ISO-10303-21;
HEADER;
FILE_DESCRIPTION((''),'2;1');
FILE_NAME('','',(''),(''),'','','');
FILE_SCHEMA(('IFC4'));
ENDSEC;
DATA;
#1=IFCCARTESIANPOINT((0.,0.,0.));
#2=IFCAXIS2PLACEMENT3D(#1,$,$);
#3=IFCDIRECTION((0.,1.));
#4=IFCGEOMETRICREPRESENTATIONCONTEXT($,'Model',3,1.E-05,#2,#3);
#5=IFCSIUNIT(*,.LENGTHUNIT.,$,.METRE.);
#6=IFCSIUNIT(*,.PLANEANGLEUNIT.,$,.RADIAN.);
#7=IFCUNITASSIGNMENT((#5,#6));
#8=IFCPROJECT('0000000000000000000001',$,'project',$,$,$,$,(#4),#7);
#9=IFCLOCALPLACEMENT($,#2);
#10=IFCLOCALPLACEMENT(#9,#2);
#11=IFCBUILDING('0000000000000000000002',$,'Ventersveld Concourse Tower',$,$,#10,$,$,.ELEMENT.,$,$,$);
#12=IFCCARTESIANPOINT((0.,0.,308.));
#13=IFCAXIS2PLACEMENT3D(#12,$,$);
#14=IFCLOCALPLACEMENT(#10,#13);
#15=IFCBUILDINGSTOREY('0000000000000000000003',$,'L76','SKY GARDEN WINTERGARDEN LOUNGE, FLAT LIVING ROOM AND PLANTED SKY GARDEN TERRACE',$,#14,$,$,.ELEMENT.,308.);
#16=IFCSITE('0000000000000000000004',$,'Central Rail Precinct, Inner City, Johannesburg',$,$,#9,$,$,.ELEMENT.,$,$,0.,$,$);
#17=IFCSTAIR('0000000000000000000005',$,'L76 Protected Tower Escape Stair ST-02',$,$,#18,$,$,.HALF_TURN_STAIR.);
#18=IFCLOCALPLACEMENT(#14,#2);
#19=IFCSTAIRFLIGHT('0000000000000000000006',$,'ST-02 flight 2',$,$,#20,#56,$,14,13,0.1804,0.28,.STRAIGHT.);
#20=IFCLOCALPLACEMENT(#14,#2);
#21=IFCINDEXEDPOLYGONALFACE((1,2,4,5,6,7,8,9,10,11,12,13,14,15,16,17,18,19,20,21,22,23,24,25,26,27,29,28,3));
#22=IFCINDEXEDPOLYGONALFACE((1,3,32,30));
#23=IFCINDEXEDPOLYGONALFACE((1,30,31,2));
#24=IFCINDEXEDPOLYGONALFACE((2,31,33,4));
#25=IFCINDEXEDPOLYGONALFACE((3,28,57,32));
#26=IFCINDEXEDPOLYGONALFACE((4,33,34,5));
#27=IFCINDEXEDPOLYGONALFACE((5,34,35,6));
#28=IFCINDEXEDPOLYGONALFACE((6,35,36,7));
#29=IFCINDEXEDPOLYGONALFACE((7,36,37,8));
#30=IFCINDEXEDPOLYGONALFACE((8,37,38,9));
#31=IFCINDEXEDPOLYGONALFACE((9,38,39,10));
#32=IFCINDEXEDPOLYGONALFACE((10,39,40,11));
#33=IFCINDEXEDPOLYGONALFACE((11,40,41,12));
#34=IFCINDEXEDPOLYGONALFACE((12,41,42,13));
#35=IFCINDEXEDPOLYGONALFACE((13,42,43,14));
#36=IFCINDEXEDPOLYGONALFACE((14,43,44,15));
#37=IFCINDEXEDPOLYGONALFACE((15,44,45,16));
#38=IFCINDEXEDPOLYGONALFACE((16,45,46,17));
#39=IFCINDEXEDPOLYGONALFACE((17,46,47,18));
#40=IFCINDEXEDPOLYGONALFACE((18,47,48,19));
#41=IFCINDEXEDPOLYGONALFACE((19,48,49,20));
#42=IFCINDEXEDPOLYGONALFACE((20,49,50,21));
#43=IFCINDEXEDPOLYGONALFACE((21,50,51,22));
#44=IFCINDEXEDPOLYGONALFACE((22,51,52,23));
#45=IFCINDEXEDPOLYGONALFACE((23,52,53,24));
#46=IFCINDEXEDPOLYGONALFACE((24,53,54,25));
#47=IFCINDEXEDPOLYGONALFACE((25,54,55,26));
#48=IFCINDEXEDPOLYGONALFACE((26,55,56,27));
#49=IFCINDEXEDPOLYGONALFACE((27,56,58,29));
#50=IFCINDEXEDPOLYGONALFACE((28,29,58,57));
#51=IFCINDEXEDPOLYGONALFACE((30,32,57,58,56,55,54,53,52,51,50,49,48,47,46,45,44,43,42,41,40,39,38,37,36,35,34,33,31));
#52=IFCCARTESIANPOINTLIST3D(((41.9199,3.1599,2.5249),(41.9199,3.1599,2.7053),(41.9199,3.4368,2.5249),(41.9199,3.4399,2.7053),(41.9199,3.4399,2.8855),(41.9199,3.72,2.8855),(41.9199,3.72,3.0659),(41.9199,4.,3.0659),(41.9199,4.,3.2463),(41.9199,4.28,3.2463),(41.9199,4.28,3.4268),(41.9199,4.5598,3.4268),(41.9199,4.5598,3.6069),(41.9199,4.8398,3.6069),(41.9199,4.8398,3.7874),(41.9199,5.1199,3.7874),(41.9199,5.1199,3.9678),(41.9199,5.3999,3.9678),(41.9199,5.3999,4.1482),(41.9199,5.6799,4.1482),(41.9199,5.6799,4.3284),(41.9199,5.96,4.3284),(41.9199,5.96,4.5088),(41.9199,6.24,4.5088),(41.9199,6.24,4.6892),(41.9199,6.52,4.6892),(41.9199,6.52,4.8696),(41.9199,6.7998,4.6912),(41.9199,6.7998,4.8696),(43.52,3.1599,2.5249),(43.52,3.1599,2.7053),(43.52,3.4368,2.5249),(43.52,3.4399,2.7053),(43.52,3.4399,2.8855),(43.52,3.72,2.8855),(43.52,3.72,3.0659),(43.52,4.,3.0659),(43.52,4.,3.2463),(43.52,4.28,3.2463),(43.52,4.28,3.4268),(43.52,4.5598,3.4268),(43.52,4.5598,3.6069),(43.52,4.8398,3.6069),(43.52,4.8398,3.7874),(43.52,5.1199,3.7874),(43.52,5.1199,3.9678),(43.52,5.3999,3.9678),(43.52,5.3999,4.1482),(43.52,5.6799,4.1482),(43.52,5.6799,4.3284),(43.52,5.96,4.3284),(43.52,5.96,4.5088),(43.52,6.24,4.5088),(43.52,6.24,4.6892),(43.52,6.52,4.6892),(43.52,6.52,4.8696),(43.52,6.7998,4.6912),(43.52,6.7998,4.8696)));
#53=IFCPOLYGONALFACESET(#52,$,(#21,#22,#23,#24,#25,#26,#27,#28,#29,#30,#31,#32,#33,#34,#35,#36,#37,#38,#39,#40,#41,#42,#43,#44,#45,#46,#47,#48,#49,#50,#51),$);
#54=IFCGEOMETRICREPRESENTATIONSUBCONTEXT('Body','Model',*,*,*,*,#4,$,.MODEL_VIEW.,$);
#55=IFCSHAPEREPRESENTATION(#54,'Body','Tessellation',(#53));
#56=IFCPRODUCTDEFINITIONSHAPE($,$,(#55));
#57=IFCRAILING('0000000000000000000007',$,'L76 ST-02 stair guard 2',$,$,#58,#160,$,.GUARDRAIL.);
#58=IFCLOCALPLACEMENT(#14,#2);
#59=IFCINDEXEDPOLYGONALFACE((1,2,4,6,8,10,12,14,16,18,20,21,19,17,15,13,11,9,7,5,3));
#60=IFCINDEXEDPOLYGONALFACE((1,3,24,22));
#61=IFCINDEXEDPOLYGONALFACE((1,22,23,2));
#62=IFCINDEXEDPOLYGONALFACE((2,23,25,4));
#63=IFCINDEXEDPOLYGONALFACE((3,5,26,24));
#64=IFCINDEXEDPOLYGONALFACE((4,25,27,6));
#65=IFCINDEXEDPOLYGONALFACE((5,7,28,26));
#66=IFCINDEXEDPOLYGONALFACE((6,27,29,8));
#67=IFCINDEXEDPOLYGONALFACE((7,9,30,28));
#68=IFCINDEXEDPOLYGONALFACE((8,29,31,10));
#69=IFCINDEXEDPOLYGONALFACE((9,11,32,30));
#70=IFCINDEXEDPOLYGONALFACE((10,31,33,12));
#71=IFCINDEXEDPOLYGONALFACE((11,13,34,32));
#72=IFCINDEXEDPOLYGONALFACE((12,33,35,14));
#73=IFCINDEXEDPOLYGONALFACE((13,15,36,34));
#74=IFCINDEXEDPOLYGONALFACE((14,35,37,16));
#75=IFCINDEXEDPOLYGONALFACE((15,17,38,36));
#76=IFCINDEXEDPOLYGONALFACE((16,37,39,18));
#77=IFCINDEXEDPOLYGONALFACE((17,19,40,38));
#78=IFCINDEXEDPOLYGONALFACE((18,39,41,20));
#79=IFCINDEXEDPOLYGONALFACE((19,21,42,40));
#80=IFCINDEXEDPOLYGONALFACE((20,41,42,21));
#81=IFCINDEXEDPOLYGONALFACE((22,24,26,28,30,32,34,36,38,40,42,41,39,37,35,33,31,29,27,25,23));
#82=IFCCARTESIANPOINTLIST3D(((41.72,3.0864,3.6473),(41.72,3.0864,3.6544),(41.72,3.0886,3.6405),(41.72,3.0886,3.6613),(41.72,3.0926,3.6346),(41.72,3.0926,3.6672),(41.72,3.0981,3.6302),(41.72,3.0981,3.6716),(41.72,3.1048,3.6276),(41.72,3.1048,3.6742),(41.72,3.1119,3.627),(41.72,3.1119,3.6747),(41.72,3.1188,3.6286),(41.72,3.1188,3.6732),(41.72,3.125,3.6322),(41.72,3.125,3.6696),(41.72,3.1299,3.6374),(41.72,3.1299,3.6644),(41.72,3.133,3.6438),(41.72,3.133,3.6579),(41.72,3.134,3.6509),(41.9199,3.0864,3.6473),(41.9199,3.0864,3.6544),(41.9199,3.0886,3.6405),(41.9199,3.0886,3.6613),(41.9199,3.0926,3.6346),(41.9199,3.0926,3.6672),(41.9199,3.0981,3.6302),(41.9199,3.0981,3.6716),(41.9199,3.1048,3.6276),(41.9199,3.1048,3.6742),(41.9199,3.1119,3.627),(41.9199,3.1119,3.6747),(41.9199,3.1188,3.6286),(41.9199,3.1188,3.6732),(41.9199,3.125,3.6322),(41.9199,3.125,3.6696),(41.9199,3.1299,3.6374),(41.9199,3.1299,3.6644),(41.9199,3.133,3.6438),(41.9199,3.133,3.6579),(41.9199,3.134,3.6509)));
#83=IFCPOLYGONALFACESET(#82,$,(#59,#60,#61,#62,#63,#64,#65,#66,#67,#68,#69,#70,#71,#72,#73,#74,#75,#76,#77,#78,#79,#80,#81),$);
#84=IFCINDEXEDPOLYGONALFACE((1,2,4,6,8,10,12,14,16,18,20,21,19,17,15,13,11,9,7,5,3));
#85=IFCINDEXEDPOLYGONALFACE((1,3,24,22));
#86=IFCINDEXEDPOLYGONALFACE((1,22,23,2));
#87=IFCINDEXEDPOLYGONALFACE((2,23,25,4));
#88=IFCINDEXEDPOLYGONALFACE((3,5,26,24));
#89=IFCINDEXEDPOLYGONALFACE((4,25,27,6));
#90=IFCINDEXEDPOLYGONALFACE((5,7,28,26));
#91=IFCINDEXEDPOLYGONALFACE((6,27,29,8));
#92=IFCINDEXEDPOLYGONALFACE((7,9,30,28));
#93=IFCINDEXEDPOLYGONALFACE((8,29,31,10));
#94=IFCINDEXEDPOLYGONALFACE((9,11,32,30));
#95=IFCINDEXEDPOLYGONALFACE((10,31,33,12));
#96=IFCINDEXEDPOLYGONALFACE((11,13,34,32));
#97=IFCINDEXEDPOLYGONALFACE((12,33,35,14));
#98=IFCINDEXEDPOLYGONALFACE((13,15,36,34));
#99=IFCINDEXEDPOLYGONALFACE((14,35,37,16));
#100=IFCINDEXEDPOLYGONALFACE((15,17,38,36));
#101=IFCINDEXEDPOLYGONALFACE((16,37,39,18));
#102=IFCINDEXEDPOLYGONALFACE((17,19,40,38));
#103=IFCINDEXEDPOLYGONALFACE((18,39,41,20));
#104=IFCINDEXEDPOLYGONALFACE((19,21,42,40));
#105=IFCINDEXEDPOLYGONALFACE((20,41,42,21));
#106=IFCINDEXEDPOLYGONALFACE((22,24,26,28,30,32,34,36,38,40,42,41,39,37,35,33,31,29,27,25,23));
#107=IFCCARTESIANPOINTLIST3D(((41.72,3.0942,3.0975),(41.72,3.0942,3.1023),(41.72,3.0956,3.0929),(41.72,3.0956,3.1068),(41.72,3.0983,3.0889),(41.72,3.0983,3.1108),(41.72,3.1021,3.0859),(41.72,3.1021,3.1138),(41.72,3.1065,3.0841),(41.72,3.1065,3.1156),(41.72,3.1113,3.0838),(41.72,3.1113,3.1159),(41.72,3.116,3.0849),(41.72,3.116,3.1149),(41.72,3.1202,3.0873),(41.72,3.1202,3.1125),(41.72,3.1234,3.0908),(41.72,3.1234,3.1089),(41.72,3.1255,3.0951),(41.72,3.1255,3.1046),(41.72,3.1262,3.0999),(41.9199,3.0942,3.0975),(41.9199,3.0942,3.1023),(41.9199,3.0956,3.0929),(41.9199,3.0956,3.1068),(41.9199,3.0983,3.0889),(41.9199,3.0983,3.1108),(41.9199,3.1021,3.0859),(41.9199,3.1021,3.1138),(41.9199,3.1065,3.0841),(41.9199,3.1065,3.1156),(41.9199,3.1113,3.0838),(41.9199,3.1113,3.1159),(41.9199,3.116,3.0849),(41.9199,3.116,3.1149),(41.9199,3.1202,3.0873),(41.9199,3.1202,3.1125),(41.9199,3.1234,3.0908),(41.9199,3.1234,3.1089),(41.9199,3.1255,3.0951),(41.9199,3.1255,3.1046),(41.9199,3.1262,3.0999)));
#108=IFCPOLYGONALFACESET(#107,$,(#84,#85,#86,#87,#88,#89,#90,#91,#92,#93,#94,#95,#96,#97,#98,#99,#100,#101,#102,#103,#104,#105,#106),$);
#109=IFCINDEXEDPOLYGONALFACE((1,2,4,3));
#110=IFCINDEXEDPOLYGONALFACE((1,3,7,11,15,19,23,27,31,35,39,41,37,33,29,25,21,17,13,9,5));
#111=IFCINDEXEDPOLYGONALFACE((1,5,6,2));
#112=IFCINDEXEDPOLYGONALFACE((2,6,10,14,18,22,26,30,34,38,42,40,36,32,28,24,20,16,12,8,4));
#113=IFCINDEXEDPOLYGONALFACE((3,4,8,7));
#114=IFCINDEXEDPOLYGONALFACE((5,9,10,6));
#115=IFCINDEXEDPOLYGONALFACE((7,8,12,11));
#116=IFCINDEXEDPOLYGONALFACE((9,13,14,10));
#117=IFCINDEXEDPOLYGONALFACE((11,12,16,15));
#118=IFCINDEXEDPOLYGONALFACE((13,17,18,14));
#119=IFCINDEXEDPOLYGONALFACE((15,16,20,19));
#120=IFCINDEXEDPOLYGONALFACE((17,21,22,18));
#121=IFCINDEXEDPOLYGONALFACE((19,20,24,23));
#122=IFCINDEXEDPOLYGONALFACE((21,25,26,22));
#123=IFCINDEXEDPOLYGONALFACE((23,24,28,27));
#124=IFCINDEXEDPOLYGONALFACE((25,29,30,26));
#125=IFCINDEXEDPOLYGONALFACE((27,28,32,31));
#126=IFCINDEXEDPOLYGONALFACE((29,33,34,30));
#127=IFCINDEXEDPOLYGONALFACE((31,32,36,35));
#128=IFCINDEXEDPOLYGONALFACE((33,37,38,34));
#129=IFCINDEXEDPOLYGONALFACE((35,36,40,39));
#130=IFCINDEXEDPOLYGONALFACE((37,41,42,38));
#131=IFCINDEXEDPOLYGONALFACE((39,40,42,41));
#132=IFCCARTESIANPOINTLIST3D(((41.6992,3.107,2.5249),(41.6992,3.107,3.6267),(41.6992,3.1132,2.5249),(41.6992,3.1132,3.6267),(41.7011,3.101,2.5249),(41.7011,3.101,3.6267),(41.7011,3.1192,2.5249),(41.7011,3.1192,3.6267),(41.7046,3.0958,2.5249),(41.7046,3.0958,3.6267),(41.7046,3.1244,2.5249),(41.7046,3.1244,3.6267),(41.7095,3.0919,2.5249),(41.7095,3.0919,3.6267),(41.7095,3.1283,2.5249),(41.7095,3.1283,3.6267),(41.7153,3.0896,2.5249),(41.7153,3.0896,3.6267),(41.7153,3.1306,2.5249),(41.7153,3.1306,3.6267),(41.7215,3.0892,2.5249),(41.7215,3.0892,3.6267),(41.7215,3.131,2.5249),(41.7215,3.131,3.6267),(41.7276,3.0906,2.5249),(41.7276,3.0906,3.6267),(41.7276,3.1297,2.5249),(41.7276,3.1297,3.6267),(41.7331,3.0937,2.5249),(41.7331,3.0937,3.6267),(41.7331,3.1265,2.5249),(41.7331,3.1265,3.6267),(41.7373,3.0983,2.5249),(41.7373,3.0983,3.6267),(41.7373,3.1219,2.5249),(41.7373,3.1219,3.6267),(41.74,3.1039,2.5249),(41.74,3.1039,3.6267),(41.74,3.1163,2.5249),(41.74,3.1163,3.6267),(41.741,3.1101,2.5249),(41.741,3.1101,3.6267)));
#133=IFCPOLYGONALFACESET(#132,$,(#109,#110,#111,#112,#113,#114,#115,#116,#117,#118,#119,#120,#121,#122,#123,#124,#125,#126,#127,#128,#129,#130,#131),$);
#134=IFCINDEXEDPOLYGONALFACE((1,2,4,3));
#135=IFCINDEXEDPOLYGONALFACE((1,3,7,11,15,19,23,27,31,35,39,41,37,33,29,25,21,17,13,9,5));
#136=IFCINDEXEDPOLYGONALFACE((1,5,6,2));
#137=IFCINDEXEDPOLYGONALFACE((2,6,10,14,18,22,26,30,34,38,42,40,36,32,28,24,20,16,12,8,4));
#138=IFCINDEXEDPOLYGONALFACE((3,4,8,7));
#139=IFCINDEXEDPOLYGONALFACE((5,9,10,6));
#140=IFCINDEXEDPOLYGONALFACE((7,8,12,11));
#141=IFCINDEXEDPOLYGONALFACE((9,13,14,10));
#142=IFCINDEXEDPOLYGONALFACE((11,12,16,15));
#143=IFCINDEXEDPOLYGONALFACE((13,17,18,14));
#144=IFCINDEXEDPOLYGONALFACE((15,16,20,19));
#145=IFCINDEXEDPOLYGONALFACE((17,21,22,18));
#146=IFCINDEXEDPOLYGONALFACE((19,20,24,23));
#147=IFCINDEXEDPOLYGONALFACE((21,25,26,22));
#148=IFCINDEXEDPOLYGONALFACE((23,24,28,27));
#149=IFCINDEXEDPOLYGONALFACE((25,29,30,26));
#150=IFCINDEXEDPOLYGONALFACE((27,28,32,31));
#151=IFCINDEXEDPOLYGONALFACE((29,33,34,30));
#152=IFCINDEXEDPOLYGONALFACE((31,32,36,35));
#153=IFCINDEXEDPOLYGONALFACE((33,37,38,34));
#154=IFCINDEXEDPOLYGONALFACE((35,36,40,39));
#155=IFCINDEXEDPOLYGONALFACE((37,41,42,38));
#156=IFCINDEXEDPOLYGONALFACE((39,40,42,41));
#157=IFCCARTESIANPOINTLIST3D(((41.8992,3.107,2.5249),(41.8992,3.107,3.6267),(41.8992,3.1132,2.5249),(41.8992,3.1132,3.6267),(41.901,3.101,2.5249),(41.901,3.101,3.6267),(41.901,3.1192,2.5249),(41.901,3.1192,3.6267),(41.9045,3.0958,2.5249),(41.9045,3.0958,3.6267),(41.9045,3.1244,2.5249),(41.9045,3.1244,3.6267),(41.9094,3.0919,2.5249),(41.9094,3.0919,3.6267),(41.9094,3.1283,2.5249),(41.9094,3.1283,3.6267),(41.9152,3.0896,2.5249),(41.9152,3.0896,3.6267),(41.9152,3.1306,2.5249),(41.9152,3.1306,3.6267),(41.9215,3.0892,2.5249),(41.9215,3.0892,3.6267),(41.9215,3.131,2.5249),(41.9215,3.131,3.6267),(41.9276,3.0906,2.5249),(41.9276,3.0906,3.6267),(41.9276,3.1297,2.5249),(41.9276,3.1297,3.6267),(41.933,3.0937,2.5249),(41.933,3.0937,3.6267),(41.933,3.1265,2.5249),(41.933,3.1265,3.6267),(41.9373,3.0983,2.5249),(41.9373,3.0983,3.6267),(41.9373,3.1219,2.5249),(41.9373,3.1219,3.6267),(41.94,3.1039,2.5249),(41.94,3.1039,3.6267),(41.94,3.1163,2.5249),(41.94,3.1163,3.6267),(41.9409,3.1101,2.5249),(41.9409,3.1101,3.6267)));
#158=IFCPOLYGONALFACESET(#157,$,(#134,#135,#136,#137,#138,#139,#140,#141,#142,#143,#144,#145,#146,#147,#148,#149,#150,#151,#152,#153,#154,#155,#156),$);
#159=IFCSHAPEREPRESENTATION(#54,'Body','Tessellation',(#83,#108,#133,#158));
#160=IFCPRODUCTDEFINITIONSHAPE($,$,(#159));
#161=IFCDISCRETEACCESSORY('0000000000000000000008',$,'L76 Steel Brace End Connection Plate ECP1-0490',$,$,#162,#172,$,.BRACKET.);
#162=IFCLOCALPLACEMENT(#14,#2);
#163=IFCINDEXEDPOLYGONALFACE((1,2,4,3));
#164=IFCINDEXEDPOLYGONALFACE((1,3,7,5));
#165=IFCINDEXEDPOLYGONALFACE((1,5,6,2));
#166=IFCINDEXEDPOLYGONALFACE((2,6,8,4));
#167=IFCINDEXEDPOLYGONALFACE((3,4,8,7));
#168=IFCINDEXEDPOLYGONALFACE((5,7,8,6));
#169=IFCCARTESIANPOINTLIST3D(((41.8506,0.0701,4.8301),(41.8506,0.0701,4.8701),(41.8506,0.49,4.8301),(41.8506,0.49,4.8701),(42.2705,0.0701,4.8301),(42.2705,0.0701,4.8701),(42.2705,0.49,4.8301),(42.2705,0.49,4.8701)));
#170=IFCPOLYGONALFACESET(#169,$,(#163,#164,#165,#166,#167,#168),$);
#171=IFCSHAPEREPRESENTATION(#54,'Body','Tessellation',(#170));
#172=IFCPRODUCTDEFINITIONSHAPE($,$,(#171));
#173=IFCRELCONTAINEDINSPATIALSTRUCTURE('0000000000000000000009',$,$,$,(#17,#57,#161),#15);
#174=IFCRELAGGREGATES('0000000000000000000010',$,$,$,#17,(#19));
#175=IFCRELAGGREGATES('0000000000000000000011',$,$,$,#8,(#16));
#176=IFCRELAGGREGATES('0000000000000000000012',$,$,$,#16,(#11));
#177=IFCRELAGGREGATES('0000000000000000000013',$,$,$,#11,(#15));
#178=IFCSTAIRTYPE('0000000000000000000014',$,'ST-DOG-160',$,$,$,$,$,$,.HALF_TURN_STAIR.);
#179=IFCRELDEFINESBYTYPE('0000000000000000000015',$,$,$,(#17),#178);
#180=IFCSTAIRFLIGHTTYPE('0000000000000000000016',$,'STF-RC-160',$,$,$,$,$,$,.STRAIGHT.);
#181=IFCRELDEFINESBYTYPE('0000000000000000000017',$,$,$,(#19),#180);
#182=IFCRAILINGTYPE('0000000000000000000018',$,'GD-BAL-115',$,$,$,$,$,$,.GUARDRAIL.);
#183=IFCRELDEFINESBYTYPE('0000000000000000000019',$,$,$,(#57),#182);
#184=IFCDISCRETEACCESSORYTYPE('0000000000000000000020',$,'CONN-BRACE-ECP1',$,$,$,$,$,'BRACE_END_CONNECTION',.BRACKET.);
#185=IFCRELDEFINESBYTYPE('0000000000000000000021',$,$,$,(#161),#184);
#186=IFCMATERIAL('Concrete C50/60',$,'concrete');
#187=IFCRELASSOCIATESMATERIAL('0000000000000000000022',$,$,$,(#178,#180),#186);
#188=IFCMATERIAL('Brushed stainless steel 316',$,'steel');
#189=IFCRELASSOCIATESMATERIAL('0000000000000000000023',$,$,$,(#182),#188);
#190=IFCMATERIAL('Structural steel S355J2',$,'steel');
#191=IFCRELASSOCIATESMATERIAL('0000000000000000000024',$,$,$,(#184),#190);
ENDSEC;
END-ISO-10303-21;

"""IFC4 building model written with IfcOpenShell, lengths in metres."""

from ifc_helpers import new_model, si_unit, direction, frame, origin, origin_2d, place, context, subcontext, project, spatial, polyline, rectangle, circle, outline, extrude, material, type_object, element, aggregate, save


model = new_model("IFC4")

# Units and contexts
model_context = context("Model", 3, precision=1e-05, world=origin(), true_north=direction((0.0, 1.0)))
body_context = subcontext(model_context, "Body", "Model", "MODEL_VIEW")
ifc_project = project(units=[si_unit("LENGTHUNIT", "METRE"), si_unit("PLANEANGLEUNIT", "RADIAN")], contexts=[model_context])

# Site, building, storey
site_placement = place(None, origin())
site = spatial("IfcSite", under=ifc_project, at=site_placement, Name="Central Rail Precinct, Inner City, Johannesburg", CompositionType="ELEMENT", RefElevation=0.0)
building_placement = place(site_placement, origin())
building = spatial("IfcBuilding", under=site, at=building_placement, Name="Ventersveld Concourse Tower", CompositionType="ELEMENT")
storey_placement = place(building_placement, frame((0.0, 0.0, 308.0)))
storey = spatial("IfcBuildingStorey", under=building, at=storey_placement, Name="L76", Description="SKY GARDEN WINTERGARDEN LOUNGE, FLAT LIVING ROOM AND PLANTED SKY GARDEN TERRACE", CompositionType="ELEMENT", Elevation=308.0)

# Shared definitions
ifc_material_1 = material(Name="Concrete C50/60", Category="concrete")

# Shared definitions
ifc_material_2 = material(Name="Structural steel S355J2", Category="steel")

# Stair, stair flight
stair_type = type_object("IfcStairType", Name="ST-DOG-160", PredefinedType="HALF_TURN_STAIR", material=ifc_material_1)
stair_placement = place(storey_placement, origin())
stair = element("IfcStair", 1, at=stair_placement, inside=storey, type_object=stair_type, Name="L76 Protected Tower Escape Stair ST-02", PredefinedType="HALF_TURN_STAIR")
stair_flight_type = type_object("IfcStairFlightType", Name="STF-RC-160", PredefinedType="STRAIGHT", material=ifc_material_1)
stair_flight_placement = place(storey_placement, frame((42.72, 3.1599, 2.5249), z_axis=(0.0, 0.0, 1.0), x_axis=(0.0, 1.0, 0.0)))
stair_flight = element("IfcStairFlight", 2, at=stair_flight_placement, type_object=stair_flight_type, Name="ST-02 flight 2", NumberOfRisers=14, NumberOfTreads=13, PredefinedType="STRAIGHT", RiserHeight=0.1804, TreadLength=0.28, context=body_context, shape_type="SweptSolid", body=[
    extrude(outline(polyline([(0.0, 0.0), (0.0, 0.1804), (0.28, 0.1804), (0.28, 0.3606), (0.5601, 0.3606), (0.5601, 0.541), (0.8401, 0.541), (0.8401, 0.7214), (1.1201, 0.7214), (1.1201, 0.9019), (1.3999, 0.9019), (1.3999, 1.082), (1.6799, 1.082), (1.6799, 1.2625), (1.96, 1.2625), (1.96, 1.4429), (2.24, 1.4429), (2.24, 1.6233), (2.52, 1.6233), (2.52, 1.8035), (2.8, 1.8035), (2.8, 1.9839), (3.0801, 1.9839), (3.0801, 2.1643), (3.3601, 2.1643), (3.3601, 2.3447), (3.6399, 2.3447), (3.6399, 2.5249), (3.6399, 2.1663), (0.2769, 0.0), (0.0, 0.0)])), frame((0.0, 0.8, 0.0), z_axis=(0.0, -1.0, 0.0), x_axis=(1.0, 0.0, 0.0)), (0.0, 0.0, 1.0), 1.6001),
])
aggregate(stair, [stair_flight])

# Railing
ifc_material_3 = material(Name="Brushed stainless steel 316", Category="steel")
railing_type = type_object("IfcRailingType", Name="GD-BAL-115", PredefinedType="GUARDRAIL", material=ifc_material_3)
railing_1_placement = place(storey_placement, frame((41.72, 3.1101, 2.5249)))
element("IfcRailing", 3, at=railing_1_placement, inside=storey, type_object=railing_type, Name="L76 ST-02 stair guard 2", PredefinedType="GUARDRAIL", context=body_context, shape_type="SweptSolid", body=[
    extrude(circle(Radius=0.0239, at=origin_2d()), frame((0.0, 0.0, 1.126), z_axis=(1.0, 0.0, 0.0), x_axis=(0.0, 1.0, 0.0)), (0.0, 0.0, 1.0), 0.2),
    extrude(circle(Radius=0.0161, at=origin_2d()), frame((0.0, 0.0, 0.575), z_axis=(1.0, 0.0, 0.0), x_axis=(0.0, 1.0, 0.0)), (0.0, 0.0, 1.0), 0.2),
    extrude(circle(Radius=0.021, at=origin_2d()), origin(), (0.0, 0.0, 1.0), 1.1018),
    extrude(circle(Radius=0.021, at=origin_2d()), frame((0.2, 0.0, 0.0)), (0.0, 0.0, 1.0), 1.1018),
])

# Discrete accessory
discrete_accessory_type = type_object("IfcDiscreteAccessoryType", Name="CONN-BRACE-ECP1", ElementType="BRACE_END_CONNECTION", PredefinedType="BRACKET", material=ifc_material_2)
discrete_accessory_placement = place(storey_placement, frame((42.0605, 0.28, 4.8301), z_axis=(0.0, 0.0, 1.0), x_axis=(1.0, 0.0, 0.0)))
element("IfcDiscreteAccessory", 4, at=discrete_accessory_placement, inside=storey, type_object=discrete_accessory_type, Name="L76 Steel Brace End Connection Plate ECP1-0490", PredefinedType="BRACKET", context=body_context, shape_type="SweptSolid", body=[
    extrude(rectangle(XDim=0.4199, YDim=0.4199, at=origin_2d()), origin(), (0.0, 0.0, 1.0), 0.04),
])

save(model, "model.ifc")
